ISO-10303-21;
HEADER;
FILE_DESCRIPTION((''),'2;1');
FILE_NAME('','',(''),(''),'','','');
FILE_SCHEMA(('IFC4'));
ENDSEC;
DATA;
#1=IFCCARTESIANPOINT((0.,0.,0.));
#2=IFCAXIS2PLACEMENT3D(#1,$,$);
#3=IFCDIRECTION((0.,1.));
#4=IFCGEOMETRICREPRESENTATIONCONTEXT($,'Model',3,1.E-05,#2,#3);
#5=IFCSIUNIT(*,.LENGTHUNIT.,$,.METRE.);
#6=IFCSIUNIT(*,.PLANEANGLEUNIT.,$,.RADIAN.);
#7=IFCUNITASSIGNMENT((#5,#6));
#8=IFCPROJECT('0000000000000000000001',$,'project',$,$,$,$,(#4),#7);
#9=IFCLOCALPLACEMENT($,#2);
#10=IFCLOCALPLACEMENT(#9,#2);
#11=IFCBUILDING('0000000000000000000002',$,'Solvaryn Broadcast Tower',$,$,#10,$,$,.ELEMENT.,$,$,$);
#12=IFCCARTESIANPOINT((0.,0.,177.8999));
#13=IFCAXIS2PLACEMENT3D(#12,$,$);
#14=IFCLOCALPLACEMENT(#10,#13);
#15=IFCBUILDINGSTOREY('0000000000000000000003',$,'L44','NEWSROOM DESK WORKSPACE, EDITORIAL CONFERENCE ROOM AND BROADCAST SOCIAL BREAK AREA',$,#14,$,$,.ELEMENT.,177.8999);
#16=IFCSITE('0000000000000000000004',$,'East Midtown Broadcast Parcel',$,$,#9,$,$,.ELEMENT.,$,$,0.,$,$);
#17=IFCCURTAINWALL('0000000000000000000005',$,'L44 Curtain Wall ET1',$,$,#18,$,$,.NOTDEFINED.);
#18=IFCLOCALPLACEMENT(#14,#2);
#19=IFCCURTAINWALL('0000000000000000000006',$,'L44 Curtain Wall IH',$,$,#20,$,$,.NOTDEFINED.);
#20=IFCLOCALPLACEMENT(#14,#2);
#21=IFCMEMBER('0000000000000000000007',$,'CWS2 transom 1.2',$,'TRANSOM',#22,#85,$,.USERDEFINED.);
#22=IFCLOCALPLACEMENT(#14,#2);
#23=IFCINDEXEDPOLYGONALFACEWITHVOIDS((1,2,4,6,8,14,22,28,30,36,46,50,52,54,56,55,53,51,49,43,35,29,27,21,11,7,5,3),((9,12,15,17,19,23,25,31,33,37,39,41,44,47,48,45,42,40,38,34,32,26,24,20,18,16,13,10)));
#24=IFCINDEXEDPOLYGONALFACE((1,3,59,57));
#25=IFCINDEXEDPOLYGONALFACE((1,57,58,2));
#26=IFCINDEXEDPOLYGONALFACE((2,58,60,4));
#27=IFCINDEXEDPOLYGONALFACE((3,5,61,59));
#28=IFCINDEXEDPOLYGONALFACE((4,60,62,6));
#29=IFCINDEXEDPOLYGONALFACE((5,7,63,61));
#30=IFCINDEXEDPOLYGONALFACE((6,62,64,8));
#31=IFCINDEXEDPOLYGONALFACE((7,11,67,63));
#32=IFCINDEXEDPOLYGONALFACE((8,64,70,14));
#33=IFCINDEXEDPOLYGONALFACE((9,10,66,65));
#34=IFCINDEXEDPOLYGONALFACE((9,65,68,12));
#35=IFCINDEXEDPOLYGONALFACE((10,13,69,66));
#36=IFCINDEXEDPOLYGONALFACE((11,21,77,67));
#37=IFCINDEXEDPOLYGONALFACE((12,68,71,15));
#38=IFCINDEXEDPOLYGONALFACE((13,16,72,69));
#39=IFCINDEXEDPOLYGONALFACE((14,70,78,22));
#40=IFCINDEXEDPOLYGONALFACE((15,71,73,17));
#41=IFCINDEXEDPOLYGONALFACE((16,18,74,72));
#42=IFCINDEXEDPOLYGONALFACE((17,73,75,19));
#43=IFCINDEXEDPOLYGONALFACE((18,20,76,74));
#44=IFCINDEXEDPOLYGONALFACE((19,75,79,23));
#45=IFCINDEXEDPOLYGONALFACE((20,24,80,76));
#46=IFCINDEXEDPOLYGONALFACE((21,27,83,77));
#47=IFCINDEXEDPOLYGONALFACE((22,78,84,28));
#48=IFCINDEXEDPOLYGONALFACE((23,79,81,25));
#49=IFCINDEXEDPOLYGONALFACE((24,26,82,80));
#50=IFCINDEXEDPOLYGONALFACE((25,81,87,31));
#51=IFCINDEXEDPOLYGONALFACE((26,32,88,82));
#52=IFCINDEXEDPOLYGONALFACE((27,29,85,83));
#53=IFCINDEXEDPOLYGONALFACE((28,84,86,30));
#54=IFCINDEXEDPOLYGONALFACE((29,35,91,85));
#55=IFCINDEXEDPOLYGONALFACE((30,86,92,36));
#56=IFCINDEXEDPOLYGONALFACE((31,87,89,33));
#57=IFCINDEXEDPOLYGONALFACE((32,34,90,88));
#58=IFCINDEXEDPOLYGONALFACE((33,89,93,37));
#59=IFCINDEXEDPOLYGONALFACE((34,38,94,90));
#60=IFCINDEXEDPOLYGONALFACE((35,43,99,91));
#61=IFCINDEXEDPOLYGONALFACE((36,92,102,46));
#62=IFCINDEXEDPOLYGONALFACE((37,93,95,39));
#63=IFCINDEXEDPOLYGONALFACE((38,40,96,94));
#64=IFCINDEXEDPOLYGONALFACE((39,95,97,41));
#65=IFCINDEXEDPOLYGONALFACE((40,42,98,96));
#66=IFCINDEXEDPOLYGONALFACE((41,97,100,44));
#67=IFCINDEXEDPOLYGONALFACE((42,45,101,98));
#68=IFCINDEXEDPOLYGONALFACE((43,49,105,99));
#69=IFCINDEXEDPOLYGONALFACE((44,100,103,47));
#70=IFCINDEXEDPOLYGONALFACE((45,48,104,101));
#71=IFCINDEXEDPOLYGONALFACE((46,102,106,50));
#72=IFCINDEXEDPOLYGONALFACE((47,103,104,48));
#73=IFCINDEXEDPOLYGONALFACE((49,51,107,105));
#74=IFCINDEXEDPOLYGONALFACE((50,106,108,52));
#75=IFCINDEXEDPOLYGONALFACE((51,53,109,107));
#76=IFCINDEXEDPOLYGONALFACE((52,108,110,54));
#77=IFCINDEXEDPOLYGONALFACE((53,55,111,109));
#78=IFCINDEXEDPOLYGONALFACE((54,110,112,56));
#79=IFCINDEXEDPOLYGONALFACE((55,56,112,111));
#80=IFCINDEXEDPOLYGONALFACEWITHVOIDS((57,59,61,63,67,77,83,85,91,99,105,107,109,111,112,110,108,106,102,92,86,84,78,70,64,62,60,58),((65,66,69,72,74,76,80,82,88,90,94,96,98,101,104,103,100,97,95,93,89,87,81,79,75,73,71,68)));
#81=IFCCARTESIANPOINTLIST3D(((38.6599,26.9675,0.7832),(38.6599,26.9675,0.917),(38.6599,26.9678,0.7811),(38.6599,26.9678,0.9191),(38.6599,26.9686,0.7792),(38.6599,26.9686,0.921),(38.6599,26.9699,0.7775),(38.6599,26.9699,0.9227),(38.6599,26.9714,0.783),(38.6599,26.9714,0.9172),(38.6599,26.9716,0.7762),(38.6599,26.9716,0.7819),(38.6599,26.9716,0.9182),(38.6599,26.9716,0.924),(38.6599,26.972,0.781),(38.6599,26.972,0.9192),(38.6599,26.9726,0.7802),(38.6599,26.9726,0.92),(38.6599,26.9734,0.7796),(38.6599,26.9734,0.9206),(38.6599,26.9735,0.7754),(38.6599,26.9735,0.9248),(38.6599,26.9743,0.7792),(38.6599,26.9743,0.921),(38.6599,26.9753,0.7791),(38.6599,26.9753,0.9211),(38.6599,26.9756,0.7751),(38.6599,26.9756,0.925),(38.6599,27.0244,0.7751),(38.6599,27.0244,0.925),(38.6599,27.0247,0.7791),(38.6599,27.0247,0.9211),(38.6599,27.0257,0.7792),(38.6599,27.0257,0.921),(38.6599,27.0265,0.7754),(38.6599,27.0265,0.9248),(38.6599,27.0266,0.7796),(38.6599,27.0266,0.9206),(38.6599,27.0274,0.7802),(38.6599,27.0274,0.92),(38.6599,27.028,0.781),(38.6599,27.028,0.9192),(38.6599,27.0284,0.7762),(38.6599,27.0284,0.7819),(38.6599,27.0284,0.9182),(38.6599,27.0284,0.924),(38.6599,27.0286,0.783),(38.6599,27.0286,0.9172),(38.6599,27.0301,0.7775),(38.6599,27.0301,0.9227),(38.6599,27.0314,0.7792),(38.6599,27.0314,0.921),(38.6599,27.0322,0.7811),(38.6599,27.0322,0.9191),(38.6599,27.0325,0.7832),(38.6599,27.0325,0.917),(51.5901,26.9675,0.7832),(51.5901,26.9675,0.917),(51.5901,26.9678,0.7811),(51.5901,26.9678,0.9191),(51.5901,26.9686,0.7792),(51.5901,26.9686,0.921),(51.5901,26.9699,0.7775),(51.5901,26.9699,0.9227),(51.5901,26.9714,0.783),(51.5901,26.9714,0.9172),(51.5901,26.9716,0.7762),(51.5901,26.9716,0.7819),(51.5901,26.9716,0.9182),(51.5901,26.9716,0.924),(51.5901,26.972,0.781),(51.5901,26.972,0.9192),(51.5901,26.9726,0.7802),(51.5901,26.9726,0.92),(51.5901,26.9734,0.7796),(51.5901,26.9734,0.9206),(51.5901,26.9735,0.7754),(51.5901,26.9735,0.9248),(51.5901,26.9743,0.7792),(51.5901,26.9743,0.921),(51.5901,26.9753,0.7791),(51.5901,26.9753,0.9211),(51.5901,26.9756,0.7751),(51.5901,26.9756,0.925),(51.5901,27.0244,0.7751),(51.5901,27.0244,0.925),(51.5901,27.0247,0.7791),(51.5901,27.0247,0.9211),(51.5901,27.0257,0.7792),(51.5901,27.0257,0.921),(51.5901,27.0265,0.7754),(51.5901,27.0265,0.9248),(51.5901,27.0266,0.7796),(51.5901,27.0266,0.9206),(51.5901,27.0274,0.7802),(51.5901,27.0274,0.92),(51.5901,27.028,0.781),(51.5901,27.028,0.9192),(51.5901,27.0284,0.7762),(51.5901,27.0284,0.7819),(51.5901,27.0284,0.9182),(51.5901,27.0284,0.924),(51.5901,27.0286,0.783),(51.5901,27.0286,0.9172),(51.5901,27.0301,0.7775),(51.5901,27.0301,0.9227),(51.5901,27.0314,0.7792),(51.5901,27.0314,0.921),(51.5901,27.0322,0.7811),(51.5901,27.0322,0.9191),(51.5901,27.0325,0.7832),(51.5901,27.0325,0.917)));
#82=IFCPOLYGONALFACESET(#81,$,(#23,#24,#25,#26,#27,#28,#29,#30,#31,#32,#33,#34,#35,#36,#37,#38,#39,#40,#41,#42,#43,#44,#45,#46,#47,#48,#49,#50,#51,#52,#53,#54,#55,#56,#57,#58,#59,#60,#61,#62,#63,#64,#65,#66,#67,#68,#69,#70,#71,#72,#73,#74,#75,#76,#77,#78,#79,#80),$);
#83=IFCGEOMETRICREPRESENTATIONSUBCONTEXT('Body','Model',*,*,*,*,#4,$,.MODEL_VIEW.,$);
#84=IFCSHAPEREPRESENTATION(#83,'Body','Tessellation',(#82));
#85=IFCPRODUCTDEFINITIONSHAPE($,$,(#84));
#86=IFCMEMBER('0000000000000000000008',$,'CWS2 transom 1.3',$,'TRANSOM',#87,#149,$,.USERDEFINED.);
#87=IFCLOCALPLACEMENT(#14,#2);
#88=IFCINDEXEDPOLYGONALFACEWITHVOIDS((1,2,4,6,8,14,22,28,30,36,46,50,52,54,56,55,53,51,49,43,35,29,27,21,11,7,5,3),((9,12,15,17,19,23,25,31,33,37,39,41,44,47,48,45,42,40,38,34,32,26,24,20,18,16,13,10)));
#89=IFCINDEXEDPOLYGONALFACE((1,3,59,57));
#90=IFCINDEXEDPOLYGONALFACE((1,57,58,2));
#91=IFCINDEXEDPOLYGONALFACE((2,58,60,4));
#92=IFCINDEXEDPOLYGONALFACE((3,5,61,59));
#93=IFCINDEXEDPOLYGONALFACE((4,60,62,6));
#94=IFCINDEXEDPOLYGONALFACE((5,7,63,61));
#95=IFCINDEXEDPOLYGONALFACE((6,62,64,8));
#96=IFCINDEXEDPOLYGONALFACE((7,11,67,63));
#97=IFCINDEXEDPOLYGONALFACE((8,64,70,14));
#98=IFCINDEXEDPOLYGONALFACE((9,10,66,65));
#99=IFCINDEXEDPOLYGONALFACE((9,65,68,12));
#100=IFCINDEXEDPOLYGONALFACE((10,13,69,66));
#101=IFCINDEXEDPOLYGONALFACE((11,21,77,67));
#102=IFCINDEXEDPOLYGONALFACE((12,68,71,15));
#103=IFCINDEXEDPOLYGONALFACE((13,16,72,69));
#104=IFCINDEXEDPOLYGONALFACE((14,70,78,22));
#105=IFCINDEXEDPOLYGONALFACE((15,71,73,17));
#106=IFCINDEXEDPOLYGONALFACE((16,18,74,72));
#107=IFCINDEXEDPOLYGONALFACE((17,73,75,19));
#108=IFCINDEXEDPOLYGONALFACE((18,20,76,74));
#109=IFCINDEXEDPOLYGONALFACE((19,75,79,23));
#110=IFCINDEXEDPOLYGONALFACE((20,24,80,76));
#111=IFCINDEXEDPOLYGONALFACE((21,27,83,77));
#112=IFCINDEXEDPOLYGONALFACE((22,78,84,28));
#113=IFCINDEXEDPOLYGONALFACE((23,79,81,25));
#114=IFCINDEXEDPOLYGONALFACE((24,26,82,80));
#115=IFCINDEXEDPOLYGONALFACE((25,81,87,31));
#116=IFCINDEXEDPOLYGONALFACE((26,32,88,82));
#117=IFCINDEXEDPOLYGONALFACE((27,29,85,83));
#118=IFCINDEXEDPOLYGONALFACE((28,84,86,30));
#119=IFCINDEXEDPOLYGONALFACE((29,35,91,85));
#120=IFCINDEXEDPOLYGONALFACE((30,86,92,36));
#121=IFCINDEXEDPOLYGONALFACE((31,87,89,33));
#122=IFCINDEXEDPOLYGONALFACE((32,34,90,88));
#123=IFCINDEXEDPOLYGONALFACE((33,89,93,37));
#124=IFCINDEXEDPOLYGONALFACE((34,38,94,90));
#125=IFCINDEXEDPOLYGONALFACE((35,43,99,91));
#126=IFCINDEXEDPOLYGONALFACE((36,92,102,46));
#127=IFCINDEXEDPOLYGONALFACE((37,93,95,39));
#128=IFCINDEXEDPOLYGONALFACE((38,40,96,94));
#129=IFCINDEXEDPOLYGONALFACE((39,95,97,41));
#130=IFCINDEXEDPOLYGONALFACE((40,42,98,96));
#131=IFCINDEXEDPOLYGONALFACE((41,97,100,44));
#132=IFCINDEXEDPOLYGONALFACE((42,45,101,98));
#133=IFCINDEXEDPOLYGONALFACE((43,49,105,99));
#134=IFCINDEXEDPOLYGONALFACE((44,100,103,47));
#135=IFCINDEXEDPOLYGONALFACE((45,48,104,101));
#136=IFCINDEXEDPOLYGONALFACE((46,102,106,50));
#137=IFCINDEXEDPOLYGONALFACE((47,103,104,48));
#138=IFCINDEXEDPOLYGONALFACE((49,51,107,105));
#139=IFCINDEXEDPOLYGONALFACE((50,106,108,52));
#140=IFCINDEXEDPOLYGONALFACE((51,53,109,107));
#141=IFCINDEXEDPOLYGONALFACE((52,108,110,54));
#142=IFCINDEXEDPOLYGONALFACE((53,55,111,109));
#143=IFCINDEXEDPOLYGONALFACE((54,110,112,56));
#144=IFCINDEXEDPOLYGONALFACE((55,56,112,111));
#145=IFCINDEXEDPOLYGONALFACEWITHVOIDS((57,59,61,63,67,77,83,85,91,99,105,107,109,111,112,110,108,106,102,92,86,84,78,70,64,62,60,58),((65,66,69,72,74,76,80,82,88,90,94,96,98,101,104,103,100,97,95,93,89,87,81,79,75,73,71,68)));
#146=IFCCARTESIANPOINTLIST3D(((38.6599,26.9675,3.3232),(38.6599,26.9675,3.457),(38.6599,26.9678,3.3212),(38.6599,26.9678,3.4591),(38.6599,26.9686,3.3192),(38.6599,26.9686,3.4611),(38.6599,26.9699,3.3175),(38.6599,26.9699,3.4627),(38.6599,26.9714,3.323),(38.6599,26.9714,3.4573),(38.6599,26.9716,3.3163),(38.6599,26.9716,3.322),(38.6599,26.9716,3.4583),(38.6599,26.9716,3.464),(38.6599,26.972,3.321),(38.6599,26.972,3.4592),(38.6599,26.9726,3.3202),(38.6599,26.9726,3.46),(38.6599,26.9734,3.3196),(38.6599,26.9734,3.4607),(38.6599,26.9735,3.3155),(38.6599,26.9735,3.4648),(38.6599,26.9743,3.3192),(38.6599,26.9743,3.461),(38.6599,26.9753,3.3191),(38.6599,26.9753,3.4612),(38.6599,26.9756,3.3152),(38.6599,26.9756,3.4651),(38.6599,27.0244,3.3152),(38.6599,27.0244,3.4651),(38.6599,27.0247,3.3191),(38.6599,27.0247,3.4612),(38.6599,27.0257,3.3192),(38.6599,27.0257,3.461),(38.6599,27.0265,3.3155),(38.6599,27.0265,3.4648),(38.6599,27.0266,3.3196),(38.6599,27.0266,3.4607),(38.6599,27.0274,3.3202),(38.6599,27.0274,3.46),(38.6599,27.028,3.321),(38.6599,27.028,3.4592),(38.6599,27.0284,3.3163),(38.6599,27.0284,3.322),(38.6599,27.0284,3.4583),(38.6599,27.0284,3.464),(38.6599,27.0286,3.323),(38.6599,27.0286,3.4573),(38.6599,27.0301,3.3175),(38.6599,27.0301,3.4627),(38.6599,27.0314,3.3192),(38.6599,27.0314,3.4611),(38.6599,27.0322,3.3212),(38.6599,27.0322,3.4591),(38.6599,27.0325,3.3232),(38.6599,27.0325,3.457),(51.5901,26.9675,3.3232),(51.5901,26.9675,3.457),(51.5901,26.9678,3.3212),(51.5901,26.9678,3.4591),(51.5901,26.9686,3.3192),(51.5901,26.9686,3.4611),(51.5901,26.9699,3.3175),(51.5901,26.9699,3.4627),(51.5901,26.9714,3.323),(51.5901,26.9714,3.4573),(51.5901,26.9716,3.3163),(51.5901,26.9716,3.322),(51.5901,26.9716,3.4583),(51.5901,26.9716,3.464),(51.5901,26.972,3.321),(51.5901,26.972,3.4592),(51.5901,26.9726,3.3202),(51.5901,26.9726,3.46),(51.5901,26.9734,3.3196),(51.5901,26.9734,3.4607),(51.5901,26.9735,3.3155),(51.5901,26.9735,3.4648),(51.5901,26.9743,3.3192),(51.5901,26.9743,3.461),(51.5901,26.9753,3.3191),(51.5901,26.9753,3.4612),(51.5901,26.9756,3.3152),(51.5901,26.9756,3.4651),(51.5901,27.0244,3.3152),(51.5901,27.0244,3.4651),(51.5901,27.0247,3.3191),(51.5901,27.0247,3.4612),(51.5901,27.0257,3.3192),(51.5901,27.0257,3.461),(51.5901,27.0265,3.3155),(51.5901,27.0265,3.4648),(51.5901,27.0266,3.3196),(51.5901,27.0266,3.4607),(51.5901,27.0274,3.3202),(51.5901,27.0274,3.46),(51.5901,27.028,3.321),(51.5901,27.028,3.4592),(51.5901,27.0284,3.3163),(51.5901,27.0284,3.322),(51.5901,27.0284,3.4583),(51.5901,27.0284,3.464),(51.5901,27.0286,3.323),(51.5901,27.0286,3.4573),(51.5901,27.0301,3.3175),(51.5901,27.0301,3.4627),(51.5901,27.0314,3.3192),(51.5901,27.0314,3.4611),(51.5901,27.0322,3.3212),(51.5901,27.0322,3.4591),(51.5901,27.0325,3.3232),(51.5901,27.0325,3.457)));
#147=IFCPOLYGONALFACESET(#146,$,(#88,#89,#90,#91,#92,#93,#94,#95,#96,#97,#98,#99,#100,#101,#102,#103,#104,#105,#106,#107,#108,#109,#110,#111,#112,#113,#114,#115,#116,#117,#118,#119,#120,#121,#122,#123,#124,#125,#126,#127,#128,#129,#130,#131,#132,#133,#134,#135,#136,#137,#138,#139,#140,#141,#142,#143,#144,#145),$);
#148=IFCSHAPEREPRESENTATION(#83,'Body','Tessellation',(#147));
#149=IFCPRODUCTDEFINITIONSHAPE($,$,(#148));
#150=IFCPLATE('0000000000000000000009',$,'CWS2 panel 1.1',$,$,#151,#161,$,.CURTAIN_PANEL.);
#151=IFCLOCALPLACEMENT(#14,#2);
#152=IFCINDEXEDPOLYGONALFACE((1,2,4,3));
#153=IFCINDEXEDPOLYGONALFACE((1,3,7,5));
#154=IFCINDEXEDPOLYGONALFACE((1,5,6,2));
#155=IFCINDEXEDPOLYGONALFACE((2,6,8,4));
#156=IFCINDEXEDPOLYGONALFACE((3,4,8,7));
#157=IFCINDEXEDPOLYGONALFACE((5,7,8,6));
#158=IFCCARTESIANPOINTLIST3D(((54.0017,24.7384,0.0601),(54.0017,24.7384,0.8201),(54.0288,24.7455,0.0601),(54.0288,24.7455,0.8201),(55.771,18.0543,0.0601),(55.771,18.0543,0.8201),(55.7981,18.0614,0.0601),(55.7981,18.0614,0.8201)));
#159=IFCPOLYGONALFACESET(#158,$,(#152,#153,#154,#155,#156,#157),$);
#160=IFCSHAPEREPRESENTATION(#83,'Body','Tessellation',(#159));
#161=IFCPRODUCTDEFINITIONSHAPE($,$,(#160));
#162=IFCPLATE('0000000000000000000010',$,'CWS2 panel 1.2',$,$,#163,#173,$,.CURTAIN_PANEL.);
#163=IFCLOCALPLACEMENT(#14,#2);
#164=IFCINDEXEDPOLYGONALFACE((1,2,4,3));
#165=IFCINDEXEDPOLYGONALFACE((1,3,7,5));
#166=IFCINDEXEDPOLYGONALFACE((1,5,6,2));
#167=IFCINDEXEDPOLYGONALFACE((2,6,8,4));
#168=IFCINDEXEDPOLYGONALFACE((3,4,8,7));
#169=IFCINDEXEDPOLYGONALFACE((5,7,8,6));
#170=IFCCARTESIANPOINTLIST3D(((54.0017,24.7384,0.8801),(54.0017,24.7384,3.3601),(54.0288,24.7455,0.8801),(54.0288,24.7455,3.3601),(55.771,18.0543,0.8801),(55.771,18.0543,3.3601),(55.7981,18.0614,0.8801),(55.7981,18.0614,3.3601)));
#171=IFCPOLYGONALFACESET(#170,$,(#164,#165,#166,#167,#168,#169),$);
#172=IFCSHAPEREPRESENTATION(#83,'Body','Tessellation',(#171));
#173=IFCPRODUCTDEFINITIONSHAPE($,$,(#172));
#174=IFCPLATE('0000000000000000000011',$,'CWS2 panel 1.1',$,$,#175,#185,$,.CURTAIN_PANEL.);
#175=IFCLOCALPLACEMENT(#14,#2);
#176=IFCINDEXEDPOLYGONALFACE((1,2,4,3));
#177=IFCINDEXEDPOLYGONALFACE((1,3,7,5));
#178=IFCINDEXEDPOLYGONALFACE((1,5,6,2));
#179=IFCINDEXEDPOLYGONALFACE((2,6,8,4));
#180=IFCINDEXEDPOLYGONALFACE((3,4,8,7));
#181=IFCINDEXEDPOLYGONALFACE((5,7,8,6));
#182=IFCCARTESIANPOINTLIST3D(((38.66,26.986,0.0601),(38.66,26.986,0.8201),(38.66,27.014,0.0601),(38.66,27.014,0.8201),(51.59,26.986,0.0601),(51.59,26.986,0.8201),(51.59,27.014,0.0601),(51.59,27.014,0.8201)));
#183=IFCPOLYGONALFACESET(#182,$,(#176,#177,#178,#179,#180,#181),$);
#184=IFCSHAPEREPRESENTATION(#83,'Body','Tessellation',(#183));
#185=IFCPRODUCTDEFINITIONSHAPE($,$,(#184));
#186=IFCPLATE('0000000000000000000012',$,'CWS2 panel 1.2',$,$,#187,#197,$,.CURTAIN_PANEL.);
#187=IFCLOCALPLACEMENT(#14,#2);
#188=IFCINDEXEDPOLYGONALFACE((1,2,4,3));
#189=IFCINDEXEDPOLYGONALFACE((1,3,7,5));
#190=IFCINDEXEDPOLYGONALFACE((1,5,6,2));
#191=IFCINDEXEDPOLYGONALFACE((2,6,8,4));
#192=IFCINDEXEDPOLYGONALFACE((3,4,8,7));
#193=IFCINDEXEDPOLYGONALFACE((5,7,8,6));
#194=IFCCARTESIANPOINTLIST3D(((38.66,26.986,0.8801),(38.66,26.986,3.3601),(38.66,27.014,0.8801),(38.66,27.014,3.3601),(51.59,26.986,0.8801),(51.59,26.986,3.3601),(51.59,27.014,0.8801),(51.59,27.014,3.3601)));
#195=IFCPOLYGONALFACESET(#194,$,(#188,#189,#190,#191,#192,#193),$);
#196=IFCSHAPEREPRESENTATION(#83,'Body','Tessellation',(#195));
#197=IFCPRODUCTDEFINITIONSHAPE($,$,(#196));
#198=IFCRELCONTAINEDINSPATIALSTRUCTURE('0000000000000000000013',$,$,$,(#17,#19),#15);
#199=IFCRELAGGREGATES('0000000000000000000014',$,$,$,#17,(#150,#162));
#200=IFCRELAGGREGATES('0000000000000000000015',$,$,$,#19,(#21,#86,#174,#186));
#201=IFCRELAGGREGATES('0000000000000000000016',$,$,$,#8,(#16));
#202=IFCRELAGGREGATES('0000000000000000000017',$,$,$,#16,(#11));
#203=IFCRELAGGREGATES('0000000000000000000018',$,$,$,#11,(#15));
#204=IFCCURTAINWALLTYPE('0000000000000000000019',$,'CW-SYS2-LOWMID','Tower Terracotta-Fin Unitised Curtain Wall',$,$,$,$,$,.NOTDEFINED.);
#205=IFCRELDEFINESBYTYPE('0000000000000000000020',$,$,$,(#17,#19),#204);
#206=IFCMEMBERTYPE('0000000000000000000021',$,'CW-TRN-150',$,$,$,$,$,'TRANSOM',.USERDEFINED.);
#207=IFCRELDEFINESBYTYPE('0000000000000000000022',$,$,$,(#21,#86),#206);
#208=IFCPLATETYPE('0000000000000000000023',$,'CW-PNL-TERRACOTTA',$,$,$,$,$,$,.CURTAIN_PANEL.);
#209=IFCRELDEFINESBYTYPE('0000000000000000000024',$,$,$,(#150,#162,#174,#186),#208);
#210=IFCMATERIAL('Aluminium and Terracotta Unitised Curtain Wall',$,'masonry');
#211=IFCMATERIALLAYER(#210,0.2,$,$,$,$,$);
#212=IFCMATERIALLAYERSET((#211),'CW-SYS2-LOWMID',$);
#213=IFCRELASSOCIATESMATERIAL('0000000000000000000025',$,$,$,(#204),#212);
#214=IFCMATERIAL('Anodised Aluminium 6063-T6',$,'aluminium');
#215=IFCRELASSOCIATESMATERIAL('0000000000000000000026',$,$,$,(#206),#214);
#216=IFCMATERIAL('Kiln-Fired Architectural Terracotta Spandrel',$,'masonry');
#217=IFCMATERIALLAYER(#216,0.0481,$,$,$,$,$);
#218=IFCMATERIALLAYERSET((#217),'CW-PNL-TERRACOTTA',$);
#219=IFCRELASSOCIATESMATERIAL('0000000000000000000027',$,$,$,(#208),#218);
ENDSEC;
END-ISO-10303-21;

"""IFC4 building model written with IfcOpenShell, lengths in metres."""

from ifc_helpers import new_model, si_unit, direction, frame, origin, origin_2d, place, context, subcontext, project, spatial, rectangle, hollow_rectangle, extrude, material, layer, layer_set, material_profile, profile_set, type_object, element, aggregate, save


model = new_model("IFC4")

# Units and contexts
model_context = context("Model", 3, precision=1e-05, world=origin(), true_north=direction((0.0, 1.0)))
body_context = subcontext(model_context, "Body", "Model", "MODEL_VIEW")
ifc_project = project(units=[si_unit("LENGTHUNIT", "METRE"), si_unit("PLANEANGLEUNIT", "RADIAN")], contexts=[model_context])

# Site, building, storey
site_placement = place(None, origin())
site = spatial("IfcSite", under=ifc_project, at=site_placement, Name="East Midtown Broadcast Parcel", CompositionType="ELEMENT", RefElevation=0.0)
building_placement = place(site_placement, origin())
building = spatial("IfcBuilding", under=site, at=building_placement, Name="Solvaryn Broadcast Tower", CompositionType="ELEMENT")
storey_placement = place(building_placement, frame((0.0, 0.0, 177.8999)))
storey = spatial("IfcBuildingStorey", under=building, at=storey_placement, Name="L44", Description="NEWSROOM DESK WORKSPACE, EDITORIAL CONFERENCE ROOM AND BROADCAST SOCIAL BREAK AREA", CompositionType="ELEMENT", Elevation=177.8999)

# Curtain walls
ifc_material_1 = material(Name="Aluminium and Terracotta Unitised Curtain Wall", Category="masonry")
ifc_layer_1 = layer(ifc_material_1, 0.2)
ifc_layer_set_1 = layer_set([ifc_layer_1], Name="CW-SYS2-LOWMID")
curtain_wall_type = type_object("IfcCurtainWallType", Name="CW-SYS2-LOWMID", Description="Tower Terracotta-Fin Unitised Curtain Wall", PredefinedType="NOTDEFINED", material=ifc_layer_set_1)
curtain_wall_1_placement = place(storey_placement, origin())
curtain_wall_1 = element("IfcCurtainWall", 1, at=curtain_wall_1_placement, inside=storey, type_object=curtain_wall_type, Name="L44 Curtain Wall ET1", PredefinedType="NOTDEFINED")
curtain_wall_2_placement = place(storey_placement, origin())
curtain_wall_2 = element("IfcCurtainWall", 2, at=curtain_wall_2_placement, inside=storey, type_object=curtain_wall_type, Name="L44 Curtain Wall IH", PredefinedType="NOTDEFINED")

# Members
ifc_material_2 = material(Name="Anodised Aluminium 6063-T6", Category="aluminium")
ifc_material_profile_1 = material_profile(ifc_material_2, hollow_rectangle(XDim=0.0649, YDim=0.1499, WallThickness=0.0039, InnerFilletRadius=0.0039, OuterFilletRadius=0.0081, at=origin_2d()))
ifc_profile_set_1 = profile_set([ifc_material_profile_1], Name="Anodised Aluminium 6063-T6")
member_type_1 = type_object("IfcMemberType", Name="CW-TRN-150", ElementType="TRANSOM", PredefinedType="USERDEFINED", material=ifc_profile_set_1)
member_1_placement = place(storey_placement, frame((38.6599, 27.0, 0.8501), z_axis=(1.0, 0.0, 0.0), x_axis=(0.0, 1.0, 0.0)))
member_1 = element("IfcMember", 3, at=member_1_placement, type_object=member_type_1, Name="CWS2 transom 1.2", ObjectType="TRANSOM", PredefinedType="USERDEFINED", context=body_context, shape_type="SweptSolid", body=[
    extrude(hollow_rectangle(XDim=0.0649, YDim=0.1499, WallThickness=0.0039, InnerFilletRadius=0.0039, OuterFilletRadius=0.0081, at=origin_2d()), origin(), (0.0, 0.0, 1.0), 12.9302),
])
member_2_placement = place(storey_placement, frame((38.6599, 27.0, 3.3901), z_axis=(1.0, 0.0, 0.0), x_axis=(0.0, 1.0, 0.0)))
member_2 = element("IfcMember", 4, at=member_2_placement, type_object=member_type_1, Name="CWS2 transom 1.3", ObjectType="TRANSOM", PredefinedType="USERDEFINED", context=body_context, shape_type="SweptSolid", body=[
    extrude(hollow_rectangle(XDim=0.0649, YDim=0.1499, WallThickness=0.0039, InnerFilletRadius=0.0039, OuterFilletRadius=0.0081, at=origin_2d()), origin(), (0.0, 0.0, 1.0), 12.9302),
])

# Plates
ifc_material_3 = material(Name="Kiln-Fired Architectural Terracotta Spandrel", Category="masonry")
ifc_layer_2 = layer(ifc_material_3, 0.0481)
ifc_layer_set_2 = layer_set([ifc_layer_2], Name="CW-PNL-TERRACOTTA")
plate_type = type_object("IfcPlateType", Name="CW-PNL-TERRACOTTA", PredefinedType="CURTAIN_PANEL", material=ifc_layer_set_2)
plate_1_placement = place(storey_placement, frame((54.8999, 21.3999, 0.0601), z_axis=(0.0, 0.0, 1.0), x_axis=(0.255893, -0.966705, 0.0)))
plate_1 = element("IfcPlate", 5, at=plate_1_placement, type_object=plate_type, Name="CWS2 panel 1.1", PredefinedType="CURTAIN_PANEL", context=body_context, shape_type="SweptSolid", body=[
    extrude(rectangle(XDim=6.9143, YDim=0.0281, at=origin_2d()), origin(), (0.0, 0.0, 1.0), 0.76),
])
plate_2_placement = place(storey_placement, frame((54.8999, 21.3999, 0.8801), z_axis=(0.0, 0.0, 1.0), x_axis=(0.255893, -0.966705, 0.0)))
plate_2 = element("IfcPlate", 6, at=plate_2_placement, type_object=plate_type, Name="CWS2 panel 1.2", PredefinedType="CURTAIN_PANEL", context=body_context, shape_type="SweptSolid", body=[
    extrude(rectangle(XDim=6.9143, YDim=0.0281, at=origin_2d()), origin(), (0.0, 0.0, 1.0), 2.48),
])
aggregate(curtain_wall_1, [plate_1, plate_2])
plate_3_placement = place(storey_placement, frame((45.125, 27.0, 0.0601), z_axis=(0.0, 0.0, 1.0), x_axis=(1.0, 0.0, 0.0)))
plate_3 = element("IfcPlate", 7, at=plate_3_placement, type_object=plate_type, Name="CWS2 panel 1.1", PredefinedType="CURTAIN_PANEL", context=body_context, shape_type="SweptSolid", body=[
    extrude(rectangle(XDim=12.9299, YDim=0.0281, at=origin_2d()), origin(), (0.0, 0.0, 1.0), 0.76),
])
plate_4_placement = place(storey_placement, frame((45.125, 27.0, 0.8801), z_axis=(0.0, 0.0, 1.0), x_axis=(1.0, 0.0, 0.0)))
plate_4 = element("IfcPlate", 8, at=plate_4_placement, type_object=plate_type, Name="CWS2 panel 1.2", PredefinedType="CURTAIN_PANEL", context=body_context, shape_type="SweptSolid", body=[
    extrude(rectangle(XDim=12.9299, YDim=0.0281, at=origin_2d()), origin(), (0.0, 0.0, 1.0), 2.48),
])
aggregate(curtain_wall_2, [member_1, member_2, plate_3, plate_4])

save(model, "model.ifc")
